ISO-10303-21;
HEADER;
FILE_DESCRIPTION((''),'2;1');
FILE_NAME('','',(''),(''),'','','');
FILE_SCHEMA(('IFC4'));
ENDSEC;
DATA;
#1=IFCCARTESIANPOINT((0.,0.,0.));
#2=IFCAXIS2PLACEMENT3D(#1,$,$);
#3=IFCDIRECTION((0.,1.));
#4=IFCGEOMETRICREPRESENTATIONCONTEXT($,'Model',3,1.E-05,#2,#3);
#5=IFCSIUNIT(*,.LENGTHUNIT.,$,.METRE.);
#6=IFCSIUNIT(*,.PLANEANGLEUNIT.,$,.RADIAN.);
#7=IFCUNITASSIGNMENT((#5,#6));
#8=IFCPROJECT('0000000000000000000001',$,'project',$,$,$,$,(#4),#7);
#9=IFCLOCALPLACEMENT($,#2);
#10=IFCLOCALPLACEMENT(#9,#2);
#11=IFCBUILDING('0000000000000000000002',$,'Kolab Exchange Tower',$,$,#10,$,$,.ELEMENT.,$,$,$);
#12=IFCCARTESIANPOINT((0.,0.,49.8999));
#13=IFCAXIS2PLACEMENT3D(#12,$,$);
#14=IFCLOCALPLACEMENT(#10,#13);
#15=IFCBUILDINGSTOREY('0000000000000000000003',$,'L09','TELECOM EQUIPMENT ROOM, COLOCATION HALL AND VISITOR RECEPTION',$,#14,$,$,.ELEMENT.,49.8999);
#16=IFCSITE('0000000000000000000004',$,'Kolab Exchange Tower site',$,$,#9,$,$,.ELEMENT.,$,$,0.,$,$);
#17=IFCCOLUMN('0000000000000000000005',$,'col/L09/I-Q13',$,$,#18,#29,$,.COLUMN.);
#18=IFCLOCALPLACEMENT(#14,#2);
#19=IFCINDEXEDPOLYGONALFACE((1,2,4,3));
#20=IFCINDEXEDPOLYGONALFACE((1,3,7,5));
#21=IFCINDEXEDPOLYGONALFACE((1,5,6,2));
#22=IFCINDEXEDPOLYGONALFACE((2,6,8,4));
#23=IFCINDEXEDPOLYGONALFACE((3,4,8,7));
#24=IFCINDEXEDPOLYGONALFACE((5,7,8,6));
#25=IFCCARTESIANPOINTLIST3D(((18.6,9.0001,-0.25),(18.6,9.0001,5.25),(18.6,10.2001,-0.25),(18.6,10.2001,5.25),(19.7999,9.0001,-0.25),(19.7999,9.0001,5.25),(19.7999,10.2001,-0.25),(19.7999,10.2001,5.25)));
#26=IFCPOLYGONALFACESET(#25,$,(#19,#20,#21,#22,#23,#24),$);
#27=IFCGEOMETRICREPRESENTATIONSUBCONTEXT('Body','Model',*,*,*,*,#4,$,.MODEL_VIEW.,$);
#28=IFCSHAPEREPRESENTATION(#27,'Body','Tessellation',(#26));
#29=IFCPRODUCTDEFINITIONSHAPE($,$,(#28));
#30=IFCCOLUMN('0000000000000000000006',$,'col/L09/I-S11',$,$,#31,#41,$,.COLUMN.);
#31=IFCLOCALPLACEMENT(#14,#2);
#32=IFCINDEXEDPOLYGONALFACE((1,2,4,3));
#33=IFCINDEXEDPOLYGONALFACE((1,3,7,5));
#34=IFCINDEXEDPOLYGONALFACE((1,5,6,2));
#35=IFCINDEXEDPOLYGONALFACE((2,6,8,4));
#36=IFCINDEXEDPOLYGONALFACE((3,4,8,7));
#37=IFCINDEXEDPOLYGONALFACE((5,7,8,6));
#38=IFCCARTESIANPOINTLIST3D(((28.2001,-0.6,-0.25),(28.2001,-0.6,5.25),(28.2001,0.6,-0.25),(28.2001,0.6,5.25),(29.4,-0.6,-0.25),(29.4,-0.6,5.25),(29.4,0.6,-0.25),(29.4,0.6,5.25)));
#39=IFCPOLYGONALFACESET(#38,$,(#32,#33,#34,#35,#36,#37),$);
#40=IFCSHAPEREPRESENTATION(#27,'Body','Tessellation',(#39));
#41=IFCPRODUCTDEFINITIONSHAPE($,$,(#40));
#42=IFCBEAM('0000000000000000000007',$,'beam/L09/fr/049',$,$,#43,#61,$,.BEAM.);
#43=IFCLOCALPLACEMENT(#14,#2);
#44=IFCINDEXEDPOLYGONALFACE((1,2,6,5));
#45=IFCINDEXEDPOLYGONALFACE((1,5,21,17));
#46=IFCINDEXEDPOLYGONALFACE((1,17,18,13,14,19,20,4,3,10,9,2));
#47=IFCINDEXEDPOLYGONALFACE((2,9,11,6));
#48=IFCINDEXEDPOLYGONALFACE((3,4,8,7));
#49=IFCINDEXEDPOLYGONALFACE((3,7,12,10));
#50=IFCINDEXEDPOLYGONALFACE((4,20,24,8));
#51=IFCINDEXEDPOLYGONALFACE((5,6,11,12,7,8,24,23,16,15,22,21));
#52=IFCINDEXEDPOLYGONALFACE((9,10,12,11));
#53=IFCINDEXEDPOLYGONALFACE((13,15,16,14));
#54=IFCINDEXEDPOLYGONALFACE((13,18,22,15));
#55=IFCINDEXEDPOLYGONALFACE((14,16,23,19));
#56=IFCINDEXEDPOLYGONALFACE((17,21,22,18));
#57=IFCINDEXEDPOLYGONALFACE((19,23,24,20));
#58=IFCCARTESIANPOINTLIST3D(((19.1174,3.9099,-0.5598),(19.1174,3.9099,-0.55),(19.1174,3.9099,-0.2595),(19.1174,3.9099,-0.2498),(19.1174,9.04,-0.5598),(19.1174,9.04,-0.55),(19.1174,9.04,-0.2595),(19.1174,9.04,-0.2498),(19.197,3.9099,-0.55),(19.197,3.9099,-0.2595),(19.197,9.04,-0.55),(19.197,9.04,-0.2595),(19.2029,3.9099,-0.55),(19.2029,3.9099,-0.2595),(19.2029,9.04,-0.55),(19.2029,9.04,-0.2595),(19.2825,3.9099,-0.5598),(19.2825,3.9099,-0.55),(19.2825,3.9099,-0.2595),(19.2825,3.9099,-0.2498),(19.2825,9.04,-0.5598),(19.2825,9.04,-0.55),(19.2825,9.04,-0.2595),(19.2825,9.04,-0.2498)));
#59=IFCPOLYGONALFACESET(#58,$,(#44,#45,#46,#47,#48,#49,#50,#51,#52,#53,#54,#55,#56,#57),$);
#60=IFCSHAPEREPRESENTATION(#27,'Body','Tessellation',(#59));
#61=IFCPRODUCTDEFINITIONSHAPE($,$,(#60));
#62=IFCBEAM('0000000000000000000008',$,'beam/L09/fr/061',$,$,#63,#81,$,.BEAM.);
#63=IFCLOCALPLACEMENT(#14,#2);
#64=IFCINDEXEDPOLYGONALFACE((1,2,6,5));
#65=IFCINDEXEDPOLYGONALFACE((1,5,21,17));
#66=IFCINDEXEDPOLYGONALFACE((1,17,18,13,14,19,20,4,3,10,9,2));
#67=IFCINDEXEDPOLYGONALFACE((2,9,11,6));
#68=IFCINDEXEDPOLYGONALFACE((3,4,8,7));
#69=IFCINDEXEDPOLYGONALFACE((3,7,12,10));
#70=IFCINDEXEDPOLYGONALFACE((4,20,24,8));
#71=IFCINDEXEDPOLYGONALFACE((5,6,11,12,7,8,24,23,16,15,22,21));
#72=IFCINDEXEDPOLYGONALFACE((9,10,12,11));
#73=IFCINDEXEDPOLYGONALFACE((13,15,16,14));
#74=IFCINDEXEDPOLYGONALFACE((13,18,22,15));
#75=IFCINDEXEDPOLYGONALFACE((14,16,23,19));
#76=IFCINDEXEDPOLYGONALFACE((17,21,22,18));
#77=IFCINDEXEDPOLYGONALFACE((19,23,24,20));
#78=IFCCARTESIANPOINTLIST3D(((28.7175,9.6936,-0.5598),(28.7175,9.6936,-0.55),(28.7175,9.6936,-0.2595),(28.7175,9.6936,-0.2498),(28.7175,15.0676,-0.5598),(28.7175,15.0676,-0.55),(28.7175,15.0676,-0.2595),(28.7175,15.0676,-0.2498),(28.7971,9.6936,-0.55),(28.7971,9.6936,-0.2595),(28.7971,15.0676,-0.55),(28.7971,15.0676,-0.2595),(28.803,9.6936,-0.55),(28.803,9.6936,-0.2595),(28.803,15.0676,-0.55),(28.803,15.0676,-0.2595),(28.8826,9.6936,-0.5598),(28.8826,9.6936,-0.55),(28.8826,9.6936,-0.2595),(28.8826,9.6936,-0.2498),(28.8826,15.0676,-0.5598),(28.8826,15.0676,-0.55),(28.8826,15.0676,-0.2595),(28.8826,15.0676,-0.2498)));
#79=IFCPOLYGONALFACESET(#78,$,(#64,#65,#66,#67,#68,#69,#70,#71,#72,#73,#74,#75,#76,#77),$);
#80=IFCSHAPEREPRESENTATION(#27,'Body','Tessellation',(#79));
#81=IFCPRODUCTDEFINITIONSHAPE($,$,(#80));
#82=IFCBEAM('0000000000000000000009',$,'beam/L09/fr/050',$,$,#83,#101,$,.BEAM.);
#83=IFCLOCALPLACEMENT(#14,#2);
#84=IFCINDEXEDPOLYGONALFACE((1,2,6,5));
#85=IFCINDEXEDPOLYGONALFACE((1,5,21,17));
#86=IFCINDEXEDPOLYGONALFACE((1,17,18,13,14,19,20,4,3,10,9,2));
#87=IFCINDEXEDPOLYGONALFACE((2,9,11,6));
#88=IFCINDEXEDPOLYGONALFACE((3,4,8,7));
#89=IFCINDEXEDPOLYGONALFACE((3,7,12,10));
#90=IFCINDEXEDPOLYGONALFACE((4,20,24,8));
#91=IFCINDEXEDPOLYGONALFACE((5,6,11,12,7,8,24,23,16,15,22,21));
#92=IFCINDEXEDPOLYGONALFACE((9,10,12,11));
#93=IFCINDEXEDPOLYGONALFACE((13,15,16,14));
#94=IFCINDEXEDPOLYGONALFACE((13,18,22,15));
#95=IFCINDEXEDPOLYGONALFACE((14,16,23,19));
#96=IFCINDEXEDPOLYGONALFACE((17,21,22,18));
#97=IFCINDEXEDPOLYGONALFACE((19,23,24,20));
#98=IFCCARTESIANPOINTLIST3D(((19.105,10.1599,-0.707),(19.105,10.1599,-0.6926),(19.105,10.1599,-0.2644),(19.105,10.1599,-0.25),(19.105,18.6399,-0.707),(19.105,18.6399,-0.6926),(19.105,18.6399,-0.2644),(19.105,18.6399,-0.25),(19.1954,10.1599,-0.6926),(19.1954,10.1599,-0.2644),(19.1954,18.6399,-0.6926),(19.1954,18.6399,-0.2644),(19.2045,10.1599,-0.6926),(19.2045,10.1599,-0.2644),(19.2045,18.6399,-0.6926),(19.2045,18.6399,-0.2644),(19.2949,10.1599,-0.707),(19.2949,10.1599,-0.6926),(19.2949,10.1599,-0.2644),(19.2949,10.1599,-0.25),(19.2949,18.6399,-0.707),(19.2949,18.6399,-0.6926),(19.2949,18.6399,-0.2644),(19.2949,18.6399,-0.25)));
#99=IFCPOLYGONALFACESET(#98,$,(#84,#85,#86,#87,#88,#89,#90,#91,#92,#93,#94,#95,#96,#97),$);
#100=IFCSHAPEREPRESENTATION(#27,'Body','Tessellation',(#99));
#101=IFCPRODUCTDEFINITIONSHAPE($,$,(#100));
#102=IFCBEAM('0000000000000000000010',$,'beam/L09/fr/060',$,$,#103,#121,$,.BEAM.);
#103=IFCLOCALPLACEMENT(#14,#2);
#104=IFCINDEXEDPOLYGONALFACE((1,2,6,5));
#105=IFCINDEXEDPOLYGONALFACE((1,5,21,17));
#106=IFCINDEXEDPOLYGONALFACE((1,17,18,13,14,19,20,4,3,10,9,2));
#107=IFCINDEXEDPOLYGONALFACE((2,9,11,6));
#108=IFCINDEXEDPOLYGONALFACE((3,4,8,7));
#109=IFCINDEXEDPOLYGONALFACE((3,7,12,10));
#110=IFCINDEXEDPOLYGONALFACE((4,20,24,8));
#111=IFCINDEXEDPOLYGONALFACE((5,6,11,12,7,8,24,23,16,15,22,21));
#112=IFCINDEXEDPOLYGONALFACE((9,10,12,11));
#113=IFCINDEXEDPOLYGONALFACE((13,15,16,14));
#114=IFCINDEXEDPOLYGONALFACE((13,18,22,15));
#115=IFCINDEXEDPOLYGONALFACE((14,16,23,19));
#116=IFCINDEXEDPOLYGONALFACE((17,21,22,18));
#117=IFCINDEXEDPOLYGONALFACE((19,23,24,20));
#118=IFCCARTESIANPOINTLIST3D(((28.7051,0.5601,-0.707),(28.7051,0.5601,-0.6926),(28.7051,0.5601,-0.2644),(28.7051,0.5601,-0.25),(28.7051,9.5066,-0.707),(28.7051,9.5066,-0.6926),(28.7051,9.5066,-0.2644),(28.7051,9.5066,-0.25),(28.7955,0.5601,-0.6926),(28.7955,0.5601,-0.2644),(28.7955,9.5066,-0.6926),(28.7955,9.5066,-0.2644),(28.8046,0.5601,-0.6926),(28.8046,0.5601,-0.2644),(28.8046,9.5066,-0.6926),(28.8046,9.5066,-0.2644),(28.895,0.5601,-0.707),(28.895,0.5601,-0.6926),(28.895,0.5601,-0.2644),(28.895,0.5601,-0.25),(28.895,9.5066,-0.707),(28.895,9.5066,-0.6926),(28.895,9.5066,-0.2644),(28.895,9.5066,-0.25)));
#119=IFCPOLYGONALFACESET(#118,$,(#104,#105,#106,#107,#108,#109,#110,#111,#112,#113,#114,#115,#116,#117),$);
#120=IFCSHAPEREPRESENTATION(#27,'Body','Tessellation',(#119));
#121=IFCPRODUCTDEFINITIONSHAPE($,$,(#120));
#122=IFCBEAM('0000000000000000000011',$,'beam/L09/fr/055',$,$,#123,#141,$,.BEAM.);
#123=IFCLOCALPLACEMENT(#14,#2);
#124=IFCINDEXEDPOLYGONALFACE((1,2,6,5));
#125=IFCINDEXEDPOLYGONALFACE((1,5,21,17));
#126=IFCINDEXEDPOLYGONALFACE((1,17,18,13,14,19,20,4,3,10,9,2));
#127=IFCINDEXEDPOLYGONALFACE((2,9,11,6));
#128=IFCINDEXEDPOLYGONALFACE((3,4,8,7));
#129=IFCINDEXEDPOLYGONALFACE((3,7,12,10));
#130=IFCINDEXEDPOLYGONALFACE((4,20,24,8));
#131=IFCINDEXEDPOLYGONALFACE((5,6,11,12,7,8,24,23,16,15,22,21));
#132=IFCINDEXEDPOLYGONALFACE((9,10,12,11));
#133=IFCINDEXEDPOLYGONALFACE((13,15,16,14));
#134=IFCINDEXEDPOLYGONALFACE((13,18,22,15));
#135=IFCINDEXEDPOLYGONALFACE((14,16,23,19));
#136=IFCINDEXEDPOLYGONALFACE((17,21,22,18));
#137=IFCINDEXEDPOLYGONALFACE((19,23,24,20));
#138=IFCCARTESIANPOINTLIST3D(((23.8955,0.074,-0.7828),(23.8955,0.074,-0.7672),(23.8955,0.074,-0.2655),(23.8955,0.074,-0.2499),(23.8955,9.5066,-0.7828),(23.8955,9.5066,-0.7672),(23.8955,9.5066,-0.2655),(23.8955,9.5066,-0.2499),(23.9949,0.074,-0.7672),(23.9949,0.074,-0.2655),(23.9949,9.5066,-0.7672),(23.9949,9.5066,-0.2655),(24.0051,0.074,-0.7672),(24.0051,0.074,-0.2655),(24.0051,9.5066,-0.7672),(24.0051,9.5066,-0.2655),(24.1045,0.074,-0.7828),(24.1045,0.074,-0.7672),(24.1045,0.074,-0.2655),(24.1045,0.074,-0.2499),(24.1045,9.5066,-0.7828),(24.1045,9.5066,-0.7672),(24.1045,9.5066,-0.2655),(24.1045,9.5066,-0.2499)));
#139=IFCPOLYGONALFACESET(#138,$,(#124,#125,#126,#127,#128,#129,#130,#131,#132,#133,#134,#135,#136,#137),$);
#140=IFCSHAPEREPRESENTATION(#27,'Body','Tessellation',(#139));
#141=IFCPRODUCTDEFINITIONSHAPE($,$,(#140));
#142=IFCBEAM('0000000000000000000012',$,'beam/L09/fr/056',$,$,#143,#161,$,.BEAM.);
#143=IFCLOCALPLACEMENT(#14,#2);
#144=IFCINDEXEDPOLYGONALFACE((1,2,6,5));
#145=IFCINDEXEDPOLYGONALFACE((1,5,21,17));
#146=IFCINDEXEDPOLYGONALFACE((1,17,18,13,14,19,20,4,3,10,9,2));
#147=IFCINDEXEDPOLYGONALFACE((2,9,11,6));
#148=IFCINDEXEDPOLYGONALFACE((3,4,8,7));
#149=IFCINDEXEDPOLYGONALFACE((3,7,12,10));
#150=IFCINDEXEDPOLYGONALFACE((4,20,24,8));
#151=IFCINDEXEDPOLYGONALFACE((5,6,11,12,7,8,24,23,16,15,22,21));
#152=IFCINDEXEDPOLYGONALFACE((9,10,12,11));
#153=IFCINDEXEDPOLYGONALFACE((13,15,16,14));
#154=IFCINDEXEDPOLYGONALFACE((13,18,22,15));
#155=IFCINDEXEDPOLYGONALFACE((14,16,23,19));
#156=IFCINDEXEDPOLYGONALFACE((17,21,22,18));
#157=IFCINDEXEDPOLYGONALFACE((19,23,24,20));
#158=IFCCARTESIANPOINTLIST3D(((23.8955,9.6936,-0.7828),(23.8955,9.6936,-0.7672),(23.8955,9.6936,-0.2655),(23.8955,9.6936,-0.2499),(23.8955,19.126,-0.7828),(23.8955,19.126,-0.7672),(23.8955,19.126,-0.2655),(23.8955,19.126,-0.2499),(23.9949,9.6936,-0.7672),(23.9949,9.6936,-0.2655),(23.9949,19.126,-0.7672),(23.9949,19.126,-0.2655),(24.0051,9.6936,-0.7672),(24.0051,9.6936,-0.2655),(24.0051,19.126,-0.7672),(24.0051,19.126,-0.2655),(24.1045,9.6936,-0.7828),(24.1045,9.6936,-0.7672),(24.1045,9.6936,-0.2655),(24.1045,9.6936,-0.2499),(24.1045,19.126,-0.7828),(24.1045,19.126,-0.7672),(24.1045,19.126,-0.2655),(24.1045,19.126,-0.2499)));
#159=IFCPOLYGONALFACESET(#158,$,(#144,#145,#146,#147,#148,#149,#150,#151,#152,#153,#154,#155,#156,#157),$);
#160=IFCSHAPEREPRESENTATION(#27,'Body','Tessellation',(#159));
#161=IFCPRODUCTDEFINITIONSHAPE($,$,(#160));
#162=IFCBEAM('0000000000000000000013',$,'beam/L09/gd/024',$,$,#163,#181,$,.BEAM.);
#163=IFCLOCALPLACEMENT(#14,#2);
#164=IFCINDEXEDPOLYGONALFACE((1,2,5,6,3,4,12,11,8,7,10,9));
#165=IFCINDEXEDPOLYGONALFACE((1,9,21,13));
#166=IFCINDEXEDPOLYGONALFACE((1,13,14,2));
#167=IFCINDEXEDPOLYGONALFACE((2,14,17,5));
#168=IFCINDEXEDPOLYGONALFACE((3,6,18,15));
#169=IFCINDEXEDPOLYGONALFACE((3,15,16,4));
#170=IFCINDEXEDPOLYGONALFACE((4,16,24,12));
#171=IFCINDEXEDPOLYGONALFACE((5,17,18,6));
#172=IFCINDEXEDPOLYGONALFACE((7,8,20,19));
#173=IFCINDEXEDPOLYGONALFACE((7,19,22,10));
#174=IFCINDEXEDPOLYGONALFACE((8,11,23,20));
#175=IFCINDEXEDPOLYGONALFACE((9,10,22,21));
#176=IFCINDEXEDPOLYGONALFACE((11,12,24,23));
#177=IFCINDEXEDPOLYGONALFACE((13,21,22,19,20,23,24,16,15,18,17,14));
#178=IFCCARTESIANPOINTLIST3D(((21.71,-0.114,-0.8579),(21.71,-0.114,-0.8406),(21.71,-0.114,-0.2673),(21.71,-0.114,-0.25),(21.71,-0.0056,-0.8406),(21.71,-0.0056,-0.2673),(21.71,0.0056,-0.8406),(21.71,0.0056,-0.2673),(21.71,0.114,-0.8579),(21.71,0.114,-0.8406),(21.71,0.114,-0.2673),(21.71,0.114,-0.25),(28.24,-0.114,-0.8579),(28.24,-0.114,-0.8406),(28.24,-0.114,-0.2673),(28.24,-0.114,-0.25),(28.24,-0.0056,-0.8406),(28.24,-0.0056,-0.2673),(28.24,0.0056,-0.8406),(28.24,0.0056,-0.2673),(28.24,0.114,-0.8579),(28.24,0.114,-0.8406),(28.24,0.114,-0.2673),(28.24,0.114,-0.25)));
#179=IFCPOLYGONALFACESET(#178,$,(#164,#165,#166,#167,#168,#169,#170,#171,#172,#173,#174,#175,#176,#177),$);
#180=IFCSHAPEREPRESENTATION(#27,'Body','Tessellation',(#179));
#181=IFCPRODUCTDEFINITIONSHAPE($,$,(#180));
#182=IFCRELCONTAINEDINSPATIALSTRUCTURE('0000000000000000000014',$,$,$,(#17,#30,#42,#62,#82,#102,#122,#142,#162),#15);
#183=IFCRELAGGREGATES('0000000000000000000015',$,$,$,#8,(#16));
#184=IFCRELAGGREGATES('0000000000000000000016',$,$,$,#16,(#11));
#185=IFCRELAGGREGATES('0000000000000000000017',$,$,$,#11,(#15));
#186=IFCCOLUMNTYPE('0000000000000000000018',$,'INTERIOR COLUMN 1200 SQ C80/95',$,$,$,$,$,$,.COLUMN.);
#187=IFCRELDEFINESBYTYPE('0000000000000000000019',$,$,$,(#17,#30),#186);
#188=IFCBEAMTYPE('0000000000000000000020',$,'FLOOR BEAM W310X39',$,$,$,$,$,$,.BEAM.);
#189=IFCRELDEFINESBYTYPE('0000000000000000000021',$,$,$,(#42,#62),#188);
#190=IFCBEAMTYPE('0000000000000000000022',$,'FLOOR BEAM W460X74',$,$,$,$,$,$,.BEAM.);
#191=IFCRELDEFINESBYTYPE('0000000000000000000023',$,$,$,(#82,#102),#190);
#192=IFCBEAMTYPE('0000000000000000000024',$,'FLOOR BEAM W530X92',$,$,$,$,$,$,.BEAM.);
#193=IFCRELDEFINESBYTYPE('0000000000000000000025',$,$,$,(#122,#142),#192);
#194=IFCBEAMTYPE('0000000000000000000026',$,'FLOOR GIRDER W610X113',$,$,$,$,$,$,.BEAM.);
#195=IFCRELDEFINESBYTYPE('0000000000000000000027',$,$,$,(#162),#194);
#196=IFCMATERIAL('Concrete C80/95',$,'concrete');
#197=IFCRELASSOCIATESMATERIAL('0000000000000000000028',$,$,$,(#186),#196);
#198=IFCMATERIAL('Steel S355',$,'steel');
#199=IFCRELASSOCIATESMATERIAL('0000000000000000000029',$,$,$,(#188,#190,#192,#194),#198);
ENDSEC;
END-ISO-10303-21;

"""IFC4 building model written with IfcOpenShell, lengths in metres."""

from ifc_helpers import new_model, si_unit, direction, frame, origin, origin_2d, place, context, subcontext, project, spatial, rectangle, i_section, extrude, material, material_profile, profile_set, type_object, element, save


model = new_model("IFC4")

# Units and contexts
model_context = context("Model", 3, precision=1e-05, world=origin(), true_north=direction((0.0, 1.0)))
body_context = subcontext(model_context, "Body", "Model", "MODEL_VIEW")
ifc_project = project(units=[si_unit("LENGTHUNIT", "METRE"), si_unit("PLANEANGLEUNIT", "RADIAN")], contexts=[model_context])

# Site, building, storey
site_placement = place(None, origin())
site = spatial("IfcSite", under=ifc_project, at=site_placement, Name="Kolab Exchange Tower site", CompositionType="ELEMENT", RefElevation=0.0)
building_placement = place(site_placement, origin())
building = spatial("IfcBuilding", under=site, at=building_placement, Name="Kolab Exchange Tower", CompositionType="ELEMENT")
storey_placement = place(building_placement, frame((0.0, 0.0, 49.8999)))
storey = spatial("IfcBuildingStorey", under=building, at=storey_placement, Name="L09", Description="TELECOM EQUIPMENT ROOM, COLOCATION HALL AND VISITOR RECEPTION", CompositionType="ELEMENT", Elevation=49.8999)

# Columns
ifc_material_1 = material(Name="Concrete C80/95", Category="concrete")
ifc_material_profile_1 = material_profile(ifc_material_1, rectangle(XDim=1.2, YDim=1.2, at=origin_2d()), Name="RC1200")
ifc_profile_set_1 = profile_set([ifc_material_profile_1], Name="Concrete C80/95")
column_type = type_object("IfcColumnType", Name="INTERIOR COLUMN 1200 SQ C80/95", PredefinedType="COLUMN", material=ifc_profile_set_1)
for number, where, z_axis, x_axis, name in (
    (1, (19.2, 9.6001, -0.25), (0.0, 0.0, 1.0), (1.0, 0.0, 0.0), "col/L09/I-Q13"),
    (2, (28.8, 0.0, -0.25), (0.0, 0.0, 1.0), (1.0, 0.0, 0.0), "col/L09/I-S11"),
):
    element("IfcColumn", number, at=place(storey_placement, frame(where, z_axis=z_axis, x_axis=x_axis)), inside=storey, type_object=column_type, Name=name, PredefinedType="COLUMN", context=body_context, shape_type="SweptSolid", body=[
        extrude(rectangle(XDim=1.2, YDim=1.2, at=origin_2d()), origin(), (0.0, 0.0, 1.0), 5.5),
    ])

# Beams
ifc_material_2 = material(Name="Steel S355", Category="steel")
ifc_material_profile_2 = material_profile(ifc_material_2, i_section(OverallWidth=0.165, OverallDepth=0.3101, WebThickness=0.0059, FlangeThickness=0.0098, at=origin_2d()), Name="W310X39")
ifc_profile_set_2 = profile_set([ifc_material_profile_2], Name="Steel S355")
beam_type_1 = type_object("IfcBeamType", Name="FLOOR BEAM W310X39", PredefinedType="BEAM", material=ifc_profile_set_2)
beam_1_placement = place(storey_placement, frame((19.2, 3.9099, -0.4048), z_axis=(0.0, 1.0, 0.0), x_axis=(-1.0, 0.0, 0.0)))
element("IfcBeam", 3, at=beam_1_placement, inside=storey, type_object=beam_type_1, Name="beam/L09/fr/049", PredefinedType="BEAM", context=body_context, shape_type="SweptSolid", body=[
    extrude(i_section(OverallWidth=0.165, OverallDepth=0.3101, WebThickness=0.0059, FlangeThickness=0.0098, at=origin_2d()), origin(), (0.0, 0.0, 1.0), 5.1301),
])
beam_2_placement = place(storey_placement, frame((28.8, 9.6936, -0.4048), z_axis=(0.0, 1.0, 0.0), x_axis=(-1.0, 0.0, 0.0)))
element("IfcBeam", 4, at=beam_2_placement, inside=storey, type_object=beam_type_1, Name="beam/L09/fr/061", PredefinedType="BEAM", context=body_context, shape_type="SweptSolid", body=[
    extrude(i_section(OverallWidth=0.165, OverallDepth=0.3101, WebThickness=0.0059, FlangeThickness=0.0098, at=origin_2d()), origin(), (0.0, 0.0, 1.0), 5.374),
])
ifc_material_profile_3 = material_profile(ifc_material_2, i_section(OverallWidth=0.1899, OverallDepth=0.457, WebThickness=0.009, FlangeThickness=0.0144, at=origin_2d()), Name="W460X74")
ifc_profile_set_3 = profile_set([ifc_material_profile_3], Name="Steel S355")
beam_type_2 = type_object("IfcBeamType", Name="FLOOR BEAM W460X74", PredefinedType="BEAM", material=ifc_profile_set_3)
beam_3_placement = place(storey_placement, frame((19.2, 10.1599, -0.4785), z_axis=(0.0, 1.0, 0.0), x_axis=(-1.0, 0.0, 0.0)))
element("IfcBeam", 5, at=beam_3_placement, inside=storey, type_object=beam_type_2, Name="beam/L09/fr/050", PredefinedType="BEAM", context=body_context, shape_type="SweptSolid", body=[
    extrude(i_section(OverallWidth=0.1899, OverallDepth=0.457, WebThickness=0.009, FlangeThickness=0.0144, at=origin_2d()), origin(), (0.0, 0.0, 1.0), 8.48),
])
beam_4_placement = place(storey_placement, frame((28.8, 0.5601, -0.4785), z_axis=(0.0, 1.0, 0.0), x_axis=(-1.0, 0.0, 0.0)))
element("IfcBeam", 6, at=beam_4_placement, inside=storey, type_object=beam_type_2, Name="beam/L09/fr/060", PredefinedType="BEAM", context=body_context, shape_type="SweptSolid", body=[
    extrude(i_section(OverallWidth=0.1899, OverallDepth=0.457, WebThickness=0.009, FlangeThickness=0.0144, at=origin_2d()), origin(), (0.0, 0.0, 1.0), 8.9465),
])
ifc_material_profile_4 = material_profile(ifc_material_2, i_section(OverallWidth=0.209, OverallDepth=0.533, WebThickness=0.0103, FlangeThickness=0.0156, at=origin_2d()), Name="W530X92")
ifc_profile_set_4 = profile_set([ifc_material_profile_4], Name="Steel S355")
beam_type_3 = type_object("IfcBeamType", Name="FLOOR BEAM W530X92", PredefinedType="BEAM", material=ifc_profile_set_4)
beam_5_placement = place(storey_placement, frame((24.0, 0.074, -0.5164), z_axis=(0.0, 1.0, 0.0), x_axis=(-1.0, 0.0, 0.0)))
element("IfcBeam", 7, at=beam_5_placement, inside=storey, type_object=beam_type_3, Name="beam/L09/fr/055", PredefinedType="BEAM", context=body_context, shape_type="SweptSolid", body=[
    extrude(i_section(OverallWidth=0.209, OverallDepth=0.533, WebThickness=0.0103, FlangeThickness=0.0156, at=origin_2d()), origin(), (0.0, 0.0, 1.0), 9.4326),
])
beam_6_placement = place(storey_placement, frame((24.0, 9.6936, -0.5164), z_axis=(0.0, 1.0, 0.0), x_axis=(-1.0, 0.0, 0.0)))
element("IfcBeam", 8, at=beam_6_placement, inside=storey, type_object=beam_type_3, Name="beam/L09/fr/056", PredefinedType="BEAM", context=body_context, shape_type="SweptSolid", body=[
    extrude(i_section(OverallWidth=0.209, OverallDepth=0.533, WebThickness=0.0103, FlangeThickness=0.0156, at=origin_2d()), origin(), (0.0, 0.0, 1.0), 9.4324),
])
ifc_material_profile_5 = material_profile(ifc_material_2, i_section(OverallWidth=0.228, OverallDepth=0.6079, WebThickness=0.0112, FlangeThickness=0.0173, at=origin_2d()), Name="W610X113")
ifc_profile_set_5 = profile_set([ifc_material_profile_5], Name="Steel S355")
beam_type_4 = type_object("IfcBeamType", Name="FLOOR GIRDER W610X113", PredefinedType="BEAM", material=ifc_profile_set_5)
beam_7_placement = place(storey_placement, frame((21.71, 0.0, -0.554), z_axis=(1.0, 0.0, 0.0), x_axis=(0.0, 1.0, 0.0)))
element("IfcBeam", 9, at=beam_7_placement, inside=storey, type_object=beam_type_4, Name="beam/L09/gd/024", PredefinedType="BEAM", context=body_context, shape_type="SweptSolid", body=[
    extrude(i_section(OverallWidth=0.228, OverallDepth=0.6079, WebThickness=0.0112, FlangeThickness=0.0173, at=origin_2d()), origin(), (0.0, 0.0, 1.0), 6.53),
])

save(model, "model.ifc")
